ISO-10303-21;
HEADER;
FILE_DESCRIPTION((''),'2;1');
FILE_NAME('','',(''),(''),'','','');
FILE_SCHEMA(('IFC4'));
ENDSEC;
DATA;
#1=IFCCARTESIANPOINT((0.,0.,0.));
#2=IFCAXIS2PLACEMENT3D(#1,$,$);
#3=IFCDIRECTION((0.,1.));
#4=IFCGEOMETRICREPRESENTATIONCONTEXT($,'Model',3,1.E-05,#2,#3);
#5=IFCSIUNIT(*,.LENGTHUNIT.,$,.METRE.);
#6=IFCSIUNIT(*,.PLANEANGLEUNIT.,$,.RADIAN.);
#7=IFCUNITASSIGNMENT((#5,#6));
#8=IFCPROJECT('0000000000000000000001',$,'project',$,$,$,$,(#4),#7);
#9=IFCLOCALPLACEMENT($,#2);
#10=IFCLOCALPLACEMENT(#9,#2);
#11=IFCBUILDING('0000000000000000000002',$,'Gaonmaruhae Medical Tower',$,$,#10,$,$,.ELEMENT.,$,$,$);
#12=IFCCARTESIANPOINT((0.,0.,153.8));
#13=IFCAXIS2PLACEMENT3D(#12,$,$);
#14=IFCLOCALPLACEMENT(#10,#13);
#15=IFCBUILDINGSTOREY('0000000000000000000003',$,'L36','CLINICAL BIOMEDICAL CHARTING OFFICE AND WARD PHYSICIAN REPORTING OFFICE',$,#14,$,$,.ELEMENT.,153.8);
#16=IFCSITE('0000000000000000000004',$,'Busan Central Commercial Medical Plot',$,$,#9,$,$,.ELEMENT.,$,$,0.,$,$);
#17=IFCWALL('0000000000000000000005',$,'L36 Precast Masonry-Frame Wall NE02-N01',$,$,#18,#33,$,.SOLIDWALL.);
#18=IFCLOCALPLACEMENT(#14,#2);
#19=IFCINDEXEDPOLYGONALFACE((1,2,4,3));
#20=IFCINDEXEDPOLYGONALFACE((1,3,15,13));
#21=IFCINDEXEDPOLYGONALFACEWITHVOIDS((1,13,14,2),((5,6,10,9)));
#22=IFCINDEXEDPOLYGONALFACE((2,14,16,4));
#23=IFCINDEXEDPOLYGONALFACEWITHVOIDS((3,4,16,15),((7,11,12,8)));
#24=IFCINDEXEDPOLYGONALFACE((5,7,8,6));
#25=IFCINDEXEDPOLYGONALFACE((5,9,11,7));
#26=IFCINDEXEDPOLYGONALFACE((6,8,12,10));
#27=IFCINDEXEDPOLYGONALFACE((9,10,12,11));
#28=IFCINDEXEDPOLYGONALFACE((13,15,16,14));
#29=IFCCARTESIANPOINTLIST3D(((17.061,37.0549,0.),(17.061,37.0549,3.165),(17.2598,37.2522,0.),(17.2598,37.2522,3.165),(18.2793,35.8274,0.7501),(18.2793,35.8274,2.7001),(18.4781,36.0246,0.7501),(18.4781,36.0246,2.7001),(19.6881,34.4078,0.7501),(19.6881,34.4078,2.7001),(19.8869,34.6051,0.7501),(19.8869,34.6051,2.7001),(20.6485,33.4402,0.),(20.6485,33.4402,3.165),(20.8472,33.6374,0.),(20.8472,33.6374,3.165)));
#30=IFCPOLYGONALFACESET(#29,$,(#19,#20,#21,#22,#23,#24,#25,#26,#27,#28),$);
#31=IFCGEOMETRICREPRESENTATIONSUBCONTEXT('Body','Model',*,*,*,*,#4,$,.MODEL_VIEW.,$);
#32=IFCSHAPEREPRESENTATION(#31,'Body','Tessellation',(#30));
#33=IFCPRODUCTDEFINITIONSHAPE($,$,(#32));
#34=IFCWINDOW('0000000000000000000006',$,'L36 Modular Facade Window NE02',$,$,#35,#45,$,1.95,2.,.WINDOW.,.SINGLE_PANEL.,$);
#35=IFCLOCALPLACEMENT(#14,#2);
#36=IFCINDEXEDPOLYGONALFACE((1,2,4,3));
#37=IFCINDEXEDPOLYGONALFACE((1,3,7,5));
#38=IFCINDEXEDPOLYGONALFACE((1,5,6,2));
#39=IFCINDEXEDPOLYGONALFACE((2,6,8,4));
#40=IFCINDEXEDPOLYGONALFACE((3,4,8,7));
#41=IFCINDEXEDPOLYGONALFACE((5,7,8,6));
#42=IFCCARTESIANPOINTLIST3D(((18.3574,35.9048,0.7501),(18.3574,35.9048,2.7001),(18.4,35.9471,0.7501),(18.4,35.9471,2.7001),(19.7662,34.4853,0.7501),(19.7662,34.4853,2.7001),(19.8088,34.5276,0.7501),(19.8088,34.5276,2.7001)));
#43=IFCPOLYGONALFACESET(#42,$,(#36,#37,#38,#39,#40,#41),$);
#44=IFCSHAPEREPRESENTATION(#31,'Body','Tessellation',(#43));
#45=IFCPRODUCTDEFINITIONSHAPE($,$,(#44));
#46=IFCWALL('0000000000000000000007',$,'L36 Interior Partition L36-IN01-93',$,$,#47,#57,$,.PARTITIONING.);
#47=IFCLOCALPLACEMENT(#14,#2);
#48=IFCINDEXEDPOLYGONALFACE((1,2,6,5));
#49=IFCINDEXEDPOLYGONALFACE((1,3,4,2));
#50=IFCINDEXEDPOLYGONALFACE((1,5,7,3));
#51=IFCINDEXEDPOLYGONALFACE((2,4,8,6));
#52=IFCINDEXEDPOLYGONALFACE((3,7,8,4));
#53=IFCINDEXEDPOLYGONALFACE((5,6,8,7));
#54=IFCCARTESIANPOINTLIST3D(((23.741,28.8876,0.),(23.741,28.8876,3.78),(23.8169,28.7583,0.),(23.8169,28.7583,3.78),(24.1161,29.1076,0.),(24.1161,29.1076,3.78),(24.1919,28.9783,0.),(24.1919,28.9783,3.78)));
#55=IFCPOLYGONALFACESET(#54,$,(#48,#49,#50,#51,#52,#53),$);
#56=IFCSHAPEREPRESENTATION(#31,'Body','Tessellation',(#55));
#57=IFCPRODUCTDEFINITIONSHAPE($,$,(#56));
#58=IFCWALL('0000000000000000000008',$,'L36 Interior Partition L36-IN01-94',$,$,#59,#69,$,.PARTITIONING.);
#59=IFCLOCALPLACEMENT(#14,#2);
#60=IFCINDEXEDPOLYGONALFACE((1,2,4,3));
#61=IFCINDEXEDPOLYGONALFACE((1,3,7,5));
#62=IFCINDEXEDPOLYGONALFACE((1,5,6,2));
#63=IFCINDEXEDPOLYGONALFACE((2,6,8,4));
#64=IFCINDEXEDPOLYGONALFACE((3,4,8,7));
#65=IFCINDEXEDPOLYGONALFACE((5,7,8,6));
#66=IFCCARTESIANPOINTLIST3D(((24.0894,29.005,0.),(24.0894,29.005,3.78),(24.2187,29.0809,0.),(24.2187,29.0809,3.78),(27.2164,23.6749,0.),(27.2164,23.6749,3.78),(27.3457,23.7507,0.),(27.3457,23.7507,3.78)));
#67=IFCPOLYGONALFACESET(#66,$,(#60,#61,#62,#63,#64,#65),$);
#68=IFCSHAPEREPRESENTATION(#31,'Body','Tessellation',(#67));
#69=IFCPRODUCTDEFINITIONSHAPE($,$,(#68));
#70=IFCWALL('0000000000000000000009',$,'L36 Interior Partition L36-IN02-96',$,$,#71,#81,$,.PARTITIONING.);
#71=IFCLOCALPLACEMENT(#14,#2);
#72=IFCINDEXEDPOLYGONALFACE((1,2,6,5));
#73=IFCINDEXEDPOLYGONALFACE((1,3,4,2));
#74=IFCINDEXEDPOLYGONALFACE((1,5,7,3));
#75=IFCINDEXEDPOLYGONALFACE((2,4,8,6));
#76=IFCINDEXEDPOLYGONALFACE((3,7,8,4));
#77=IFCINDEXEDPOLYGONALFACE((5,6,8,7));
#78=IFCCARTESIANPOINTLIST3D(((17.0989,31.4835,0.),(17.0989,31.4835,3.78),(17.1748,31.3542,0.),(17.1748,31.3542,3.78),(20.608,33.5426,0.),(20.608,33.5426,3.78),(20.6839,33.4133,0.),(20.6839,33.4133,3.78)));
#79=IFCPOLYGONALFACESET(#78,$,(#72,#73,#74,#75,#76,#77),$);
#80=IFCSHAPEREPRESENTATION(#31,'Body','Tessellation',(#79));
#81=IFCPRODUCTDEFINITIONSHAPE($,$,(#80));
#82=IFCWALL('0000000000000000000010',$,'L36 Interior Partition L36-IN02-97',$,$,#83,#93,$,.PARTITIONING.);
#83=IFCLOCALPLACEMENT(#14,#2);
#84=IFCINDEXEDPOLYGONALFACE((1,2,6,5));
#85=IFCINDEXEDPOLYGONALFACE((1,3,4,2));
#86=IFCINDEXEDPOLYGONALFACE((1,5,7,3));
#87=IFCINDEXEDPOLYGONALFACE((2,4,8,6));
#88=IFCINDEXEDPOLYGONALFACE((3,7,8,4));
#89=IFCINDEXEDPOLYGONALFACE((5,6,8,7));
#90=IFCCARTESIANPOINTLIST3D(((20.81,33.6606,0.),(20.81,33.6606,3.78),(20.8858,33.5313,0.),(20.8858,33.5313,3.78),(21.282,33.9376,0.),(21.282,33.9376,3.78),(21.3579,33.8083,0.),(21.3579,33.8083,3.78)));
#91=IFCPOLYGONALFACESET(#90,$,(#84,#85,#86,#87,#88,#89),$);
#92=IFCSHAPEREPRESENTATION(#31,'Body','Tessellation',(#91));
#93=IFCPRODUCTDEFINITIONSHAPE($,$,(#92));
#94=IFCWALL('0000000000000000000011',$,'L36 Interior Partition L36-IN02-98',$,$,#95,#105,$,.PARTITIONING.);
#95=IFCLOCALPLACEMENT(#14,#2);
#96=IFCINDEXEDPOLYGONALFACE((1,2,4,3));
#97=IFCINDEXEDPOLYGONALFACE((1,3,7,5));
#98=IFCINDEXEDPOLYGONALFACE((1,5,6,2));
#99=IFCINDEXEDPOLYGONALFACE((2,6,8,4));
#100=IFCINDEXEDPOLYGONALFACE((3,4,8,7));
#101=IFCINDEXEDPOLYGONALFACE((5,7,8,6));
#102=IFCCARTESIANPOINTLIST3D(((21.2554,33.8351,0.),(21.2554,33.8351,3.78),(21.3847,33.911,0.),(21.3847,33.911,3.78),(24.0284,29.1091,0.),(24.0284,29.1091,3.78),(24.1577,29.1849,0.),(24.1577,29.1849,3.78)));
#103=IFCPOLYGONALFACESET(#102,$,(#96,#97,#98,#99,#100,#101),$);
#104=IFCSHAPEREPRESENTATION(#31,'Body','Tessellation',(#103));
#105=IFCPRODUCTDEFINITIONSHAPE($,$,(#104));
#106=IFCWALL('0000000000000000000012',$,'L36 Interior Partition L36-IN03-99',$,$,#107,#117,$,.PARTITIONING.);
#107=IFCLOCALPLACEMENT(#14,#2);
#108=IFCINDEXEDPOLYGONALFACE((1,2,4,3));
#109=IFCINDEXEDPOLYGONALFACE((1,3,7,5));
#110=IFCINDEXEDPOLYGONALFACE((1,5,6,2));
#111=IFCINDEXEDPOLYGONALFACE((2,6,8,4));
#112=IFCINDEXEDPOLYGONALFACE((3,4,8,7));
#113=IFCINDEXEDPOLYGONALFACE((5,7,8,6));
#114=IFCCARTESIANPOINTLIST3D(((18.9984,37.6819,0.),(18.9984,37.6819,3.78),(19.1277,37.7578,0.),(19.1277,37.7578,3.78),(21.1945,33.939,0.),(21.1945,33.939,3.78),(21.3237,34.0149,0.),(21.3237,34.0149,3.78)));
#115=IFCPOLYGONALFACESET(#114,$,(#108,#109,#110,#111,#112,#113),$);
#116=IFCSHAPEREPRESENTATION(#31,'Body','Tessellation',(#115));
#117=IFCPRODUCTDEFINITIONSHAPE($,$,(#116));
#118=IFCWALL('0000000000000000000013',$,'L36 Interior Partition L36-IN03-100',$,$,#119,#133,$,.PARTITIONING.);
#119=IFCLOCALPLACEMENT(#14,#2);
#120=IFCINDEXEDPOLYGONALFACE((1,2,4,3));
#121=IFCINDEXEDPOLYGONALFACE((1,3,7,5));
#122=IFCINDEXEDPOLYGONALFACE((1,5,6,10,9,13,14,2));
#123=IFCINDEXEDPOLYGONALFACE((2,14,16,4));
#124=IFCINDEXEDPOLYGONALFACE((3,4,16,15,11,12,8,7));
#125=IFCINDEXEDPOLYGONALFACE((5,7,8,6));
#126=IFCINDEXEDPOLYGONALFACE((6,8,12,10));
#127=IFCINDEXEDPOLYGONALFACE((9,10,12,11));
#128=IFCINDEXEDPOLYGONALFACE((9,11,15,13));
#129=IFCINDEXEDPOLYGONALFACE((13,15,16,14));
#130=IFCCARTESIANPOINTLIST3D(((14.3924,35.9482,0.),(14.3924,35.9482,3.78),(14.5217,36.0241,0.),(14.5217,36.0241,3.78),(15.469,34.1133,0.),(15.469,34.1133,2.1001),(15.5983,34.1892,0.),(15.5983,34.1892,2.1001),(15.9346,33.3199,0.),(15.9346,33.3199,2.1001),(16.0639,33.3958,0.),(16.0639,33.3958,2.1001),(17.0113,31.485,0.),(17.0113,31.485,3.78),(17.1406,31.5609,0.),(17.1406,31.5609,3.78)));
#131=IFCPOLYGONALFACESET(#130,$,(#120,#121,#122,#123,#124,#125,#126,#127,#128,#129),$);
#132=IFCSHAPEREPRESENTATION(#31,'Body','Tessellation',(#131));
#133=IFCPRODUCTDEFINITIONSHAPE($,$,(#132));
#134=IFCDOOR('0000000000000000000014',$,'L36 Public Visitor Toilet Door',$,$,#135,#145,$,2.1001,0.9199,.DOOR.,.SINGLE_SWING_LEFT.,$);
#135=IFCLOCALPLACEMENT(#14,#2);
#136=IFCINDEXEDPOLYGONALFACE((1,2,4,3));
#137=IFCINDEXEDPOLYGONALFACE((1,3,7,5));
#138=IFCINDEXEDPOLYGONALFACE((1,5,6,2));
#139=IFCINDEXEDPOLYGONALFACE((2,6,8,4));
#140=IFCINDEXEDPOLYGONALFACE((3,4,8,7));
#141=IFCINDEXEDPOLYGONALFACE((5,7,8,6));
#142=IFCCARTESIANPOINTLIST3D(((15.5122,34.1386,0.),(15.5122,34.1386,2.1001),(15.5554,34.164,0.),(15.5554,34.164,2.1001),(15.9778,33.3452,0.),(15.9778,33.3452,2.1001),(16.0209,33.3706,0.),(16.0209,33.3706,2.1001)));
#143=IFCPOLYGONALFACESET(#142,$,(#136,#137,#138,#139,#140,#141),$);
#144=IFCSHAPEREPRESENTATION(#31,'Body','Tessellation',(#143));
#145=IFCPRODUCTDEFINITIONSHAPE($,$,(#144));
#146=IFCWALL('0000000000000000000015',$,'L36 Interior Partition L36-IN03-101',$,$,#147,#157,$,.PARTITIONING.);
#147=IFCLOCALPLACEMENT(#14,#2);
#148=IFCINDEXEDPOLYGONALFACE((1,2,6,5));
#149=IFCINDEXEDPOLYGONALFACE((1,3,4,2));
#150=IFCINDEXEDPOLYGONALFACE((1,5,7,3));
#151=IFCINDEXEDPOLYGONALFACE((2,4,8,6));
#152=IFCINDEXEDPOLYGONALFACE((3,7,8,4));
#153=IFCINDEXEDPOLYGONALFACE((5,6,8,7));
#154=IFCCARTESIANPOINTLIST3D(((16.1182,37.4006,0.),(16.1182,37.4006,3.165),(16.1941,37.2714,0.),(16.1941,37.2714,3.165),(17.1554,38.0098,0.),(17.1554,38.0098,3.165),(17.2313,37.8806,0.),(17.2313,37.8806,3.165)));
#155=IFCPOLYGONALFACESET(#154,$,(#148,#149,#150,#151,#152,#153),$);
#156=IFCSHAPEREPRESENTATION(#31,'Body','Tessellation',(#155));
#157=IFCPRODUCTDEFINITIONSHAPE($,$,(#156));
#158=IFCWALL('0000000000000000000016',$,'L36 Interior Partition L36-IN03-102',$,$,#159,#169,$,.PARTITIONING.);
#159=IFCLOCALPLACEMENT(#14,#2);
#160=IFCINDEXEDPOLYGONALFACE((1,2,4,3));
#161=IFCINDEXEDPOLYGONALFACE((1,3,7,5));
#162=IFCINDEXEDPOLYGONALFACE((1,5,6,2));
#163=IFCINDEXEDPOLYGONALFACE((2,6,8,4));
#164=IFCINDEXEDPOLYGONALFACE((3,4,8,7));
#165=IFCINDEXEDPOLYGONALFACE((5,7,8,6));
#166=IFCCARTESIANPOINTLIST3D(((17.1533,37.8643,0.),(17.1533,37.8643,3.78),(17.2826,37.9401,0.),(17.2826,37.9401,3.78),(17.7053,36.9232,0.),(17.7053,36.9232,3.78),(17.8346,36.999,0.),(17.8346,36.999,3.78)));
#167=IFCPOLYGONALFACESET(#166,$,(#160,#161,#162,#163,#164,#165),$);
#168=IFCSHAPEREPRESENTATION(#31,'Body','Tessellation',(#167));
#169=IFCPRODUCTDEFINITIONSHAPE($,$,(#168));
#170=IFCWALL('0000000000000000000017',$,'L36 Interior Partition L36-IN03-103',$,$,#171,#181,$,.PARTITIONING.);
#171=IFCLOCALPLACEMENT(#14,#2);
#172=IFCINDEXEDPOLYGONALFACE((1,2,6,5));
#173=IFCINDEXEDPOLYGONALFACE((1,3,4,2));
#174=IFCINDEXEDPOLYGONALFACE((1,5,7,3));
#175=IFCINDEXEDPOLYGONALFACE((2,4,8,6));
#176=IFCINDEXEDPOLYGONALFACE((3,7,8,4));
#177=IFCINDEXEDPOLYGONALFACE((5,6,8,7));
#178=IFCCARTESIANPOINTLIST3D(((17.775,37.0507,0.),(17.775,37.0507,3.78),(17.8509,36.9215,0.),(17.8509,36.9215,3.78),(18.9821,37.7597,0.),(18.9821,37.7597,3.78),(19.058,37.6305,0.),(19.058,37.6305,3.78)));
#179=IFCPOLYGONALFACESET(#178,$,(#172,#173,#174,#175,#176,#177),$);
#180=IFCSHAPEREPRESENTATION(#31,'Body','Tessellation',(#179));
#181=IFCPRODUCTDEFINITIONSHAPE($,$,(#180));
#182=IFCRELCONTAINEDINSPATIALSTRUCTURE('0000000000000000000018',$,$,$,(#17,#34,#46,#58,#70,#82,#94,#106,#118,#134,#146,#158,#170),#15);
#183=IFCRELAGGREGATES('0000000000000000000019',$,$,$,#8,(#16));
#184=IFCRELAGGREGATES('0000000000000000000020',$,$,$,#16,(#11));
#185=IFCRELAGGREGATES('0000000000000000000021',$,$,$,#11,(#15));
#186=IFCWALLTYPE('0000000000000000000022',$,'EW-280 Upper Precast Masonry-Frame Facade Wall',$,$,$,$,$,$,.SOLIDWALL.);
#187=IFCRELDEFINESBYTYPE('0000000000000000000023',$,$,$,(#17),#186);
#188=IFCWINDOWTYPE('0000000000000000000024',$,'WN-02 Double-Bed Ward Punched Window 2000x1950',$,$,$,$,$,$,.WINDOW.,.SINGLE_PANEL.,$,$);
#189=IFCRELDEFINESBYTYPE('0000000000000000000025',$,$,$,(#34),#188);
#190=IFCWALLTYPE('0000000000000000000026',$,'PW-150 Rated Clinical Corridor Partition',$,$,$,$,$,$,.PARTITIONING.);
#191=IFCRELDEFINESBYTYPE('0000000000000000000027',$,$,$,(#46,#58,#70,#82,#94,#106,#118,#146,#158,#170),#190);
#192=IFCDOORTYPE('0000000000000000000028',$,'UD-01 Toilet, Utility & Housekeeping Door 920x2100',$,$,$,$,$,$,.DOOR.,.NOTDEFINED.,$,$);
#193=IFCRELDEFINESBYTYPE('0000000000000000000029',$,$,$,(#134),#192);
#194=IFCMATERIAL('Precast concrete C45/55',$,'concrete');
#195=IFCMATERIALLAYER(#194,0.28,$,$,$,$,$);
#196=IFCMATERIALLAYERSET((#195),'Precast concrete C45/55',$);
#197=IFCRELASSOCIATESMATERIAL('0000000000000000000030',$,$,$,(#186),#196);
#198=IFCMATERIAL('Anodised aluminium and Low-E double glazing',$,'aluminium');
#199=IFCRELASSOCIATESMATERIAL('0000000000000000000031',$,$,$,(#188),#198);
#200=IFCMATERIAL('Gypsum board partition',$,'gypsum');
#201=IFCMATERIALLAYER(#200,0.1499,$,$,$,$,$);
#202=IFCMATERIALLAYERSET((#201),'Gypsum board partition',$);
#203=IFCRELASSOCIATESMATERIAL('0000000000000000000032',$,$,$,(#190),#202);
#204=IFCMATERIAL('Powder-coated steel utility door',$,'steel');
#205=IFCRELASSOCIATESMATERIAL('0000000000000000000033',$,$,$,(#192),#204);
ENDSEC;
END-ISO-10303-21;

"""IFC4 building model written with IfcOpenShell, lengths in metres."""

from ifc_helpers import new_model, si_unit, direction, frame, frame_2d, origin, place, context, subcontext, project, spatial, rectangle, extrude, material, layer, layer_set, type_object, element, fill, save


model = new_model("IFC4")

# Units and contexts
model_context = context("Model", 3, precision=1e-05, world=origin(), true_north=direction((0.0, 1.0)))
body_context = subcontext(model_context, "Body", "Model", "MODEL_VIEW")
ifc_project = project(units=[si_unit("LENGTHUNIT", "METRE"), si_unit("PLANEANGLEUNIT", "RADIAN")], contexts=[model_context])

# Site, building, storey
site_placement = place(None, origin())
site = spatial("IfcSite", under=ifc_project, at=site_placement, Name="Busan Central Commercial Medical Plot", CompositionType="ELEMENT", RefElevation=0.0)
building_placement = place(site_placement, origin())
building = spatial("IfcBuilding", under=site, at=building_placement, Name="Gaonmaruhae Medical Tower", CompositionType="ELEMENT")
storey_placement = place(building_placement, frame((0.0, 0.0, 153.8)))
storey = spatial("IfcBuildingStorey", under=building, at=storey_placement, Name="L36", Description="CLINICAL BIOMEDICAL CHARTING OFFICE AND WARD PHYSICIAN REPORTING OFFICE", CompositionType="ELEMENT", Elevation=153.8)

# Wall, opening, window
ifc_material_1 = material(Name="Precast concrete C45/55", Category="concrete")
ifc_layer_1 = layer(ifc_material_1, 0.28)
ifc_layer_set_1 = layer_set([ifc_layer_1], Name="Precast concrete C45/55")
wall_type_1 = type_object("IfcWallType", Name="EW-280 Upper Precast Masonry-Frame Facade Wall", PredefinedType="SOLIDWALL", material=ifc_layer_set_1)
ifc_material_2 = material(Name="Anodised aluminium and Low-E double glazing", Category="aluminium")
wall_1_placement = place(storey_placement, frame((17.1604, 37.1536, 0.0), z_axis=(0.0, 0.0, 1.0), x_axis=(0.704417, -0.709786, 0.0)))
wall_1 = element("IfcWall", 1, at=wall_1_placement, inside=storey, type_object=wall_type_1, Name="L36 Precast Masonry-Frame Wall NE02-N01", PredefinedType="SOLIDWALL", context=body_context, shape_type="SweptSolid", body=[
    extrude(rectangle(XDim=5.0928, YDim=0.28, at=frame_2d((2.5464, 0.0))), origin(), (0.0, 0.0, 1.0), 3.165),
])
opening_1_placement = place(wall_1_placement, frame((1.7295, 0.0, 0.75)))
opening_1 = element("IfcOpeningElement", 2, at=opening_1_placement, cuts=wall_1, PredefinedType="OPENING", context=body_context, shape_type="SweptSolid", body=[
    extrude(rectangle(XDim=2.0, YDim=1.95, at=frame_2d((1.0, 0.9751))), frame((0.0, 0.1499, 0.0), z_axis=(0.0, -1.0, 0.0), x_axis=(1.0, 0.0, 0.0)), (0.0, 0.0, 1.0), 0.3),
])
window_type_1 = type_object("IfcWindowType", Name="WN-02 Double-Bed Ward Punched Window 2000x1950", PartitioningType="SINGLE_PANEL", PredefinedType="WINDOW", material=ifc_material_2)
window_1_placement = place(opening_1_placement, origin())
window_1 = element("IfcWindow", 3, at=window_1_placement, inside=storey, type_object=window_type_1, Name="L36 Modular Facade Window NE02", OverallHeight=1.95, OverallWidth=2.0, PartitioningType="SINGLE_PANEL", PredefinedType="WINDOW", context=body_context, shape_type="SweptSolid", body=[
    extrude(rectangle(XDim=2.0, YDim=1.95, at=frame_2d((1.0, 0.9751))), frame((0.0, 0.03, 0.0), z_axis=(0.0, -1.0, 0.0), x_axis=(1.0, 0.0, 0.0)), (0.0, 0.0, 1.0), 0.0601),
])
fill(opening_1, window_1)

# Walls
ifc_material_3 = material(Name="Gypsum board partition", Category="gypsum")
ifc_layer_2 = layer(ifc_material_3, 0.1499)
ifc_layer_set_2 = layer_set([ifc_layer_2], Name="Gypsum board partition")
wall_type_2 = type_object("IfcWallType", Name="PW-150 Rated Clinical Corridor Partition", PredefinedType="PARTITIONING", material=ifc_layer_set_2)
wall_2_placement = place(storey_placement, frame((23.7791, 28.823, 0.0), z_axis=(0.0, 0.0, 1.0), x_axis=(0.862554, 0.505964, 0.0)))
element("IfcWall", 4, at=wall_2_placement, inside=storey, type_object=wall_type_2, Name="L36 Interior Partition L36-IN01-93", PredefinedType="PARTITIONING", context=body_context, shape_type="SweptSolid", body=[
    extrude(rectangle(XDim=0.4348, YDim=0.1499, at=frame_2d((0.2173, 0.0))), origin(), (0.0, 0.0, 1.0), 3.78),
])
wall_3_placement = place(storey_placement, frame((24.1541, 29.043, 0.0), z_axis=(0.0, 0.0, 1.0), x_axis=(0.506011, -0.862527, 0.0)))
element("IfcWall", 5, at=wall_3_placement, inside=storey, type_object=wall_type_2, Name="L36 Interior Partition L36-IN01-94", PredefinedType="PARTITIONING", context=body_context, shape_type="SweptSolid", body=[
    extrude(rectangle(XDim=6.1797, YDim=0.1499, at=frame_2d((3.0898, 0.0))), origin(), (0.0, 0.0, 1.0), 3.78),
])
wall_4_placement = place(storey_placement, frame((17.137, 31.4189, 0.0), z_axis=(0.0, 0.0, 1.0), x_axis=(0.862477, 0.506097, 0.0)))
element("IfcWall", 6, at=wall_4_placement, inside=storey, type_object=wall_type_2, Name="L36 Interior Partition L36-IN02-96", PredefinedType="PARTITIONING", context=body_context, shape_type="SweptSolid", body=[
    extrude(rectangle(XDim=4.0686, YDim=0.1499, at=frame_2d((2.0342, 0.0))), origin(), (0.0, 0.0, 1.0), 3.78),
])
wall_5_placement = place(storey_placement, frame((20.8479, 33.5959, 0.0), z_axis=(0.0, 0.0, 1.0), x_axis=(0.86245, 0.506143, 0.0)))
element("IfcWall", 7, at=wall_5_placement, inside=storey, type_object=wall_type_2, Name="L36 Interior Partition L36-IN02-97", PredefinedType="PARTITIONING", context=body_context, shape_type="SweptSolid", body=[
    extrude(rectangle(XDim=0.5474, YDim=0.1499, at=frame_2d((0.2737, 0.0))), origin(), (0.0, 0.0, 1.0), 3.78),
])
wall_6_placement = place(storey_placement, frame((21.3201, 33.873, 0.0), z_axis=(0.0, 0.0, 1.0), x_axis=(0.506058, -0.862499, 0.0)))
element("IfcWall", 8, at=wall_6_placement, inside=storey, type_object=wall_type_2, Name="L36 Interior Partition L36-IN02-98", PredefinedType="PARTITIONING", context=body_context, shape_type="SweptSolid", body=[
    extrude(rectangle(XDim=5.4795, YDim=0.1499, at=frame_2d((2.7397, 0.0))), origin(), (0.0, 0.0, 1.0), 3.78),
])
wall_7_placement = place(storey_placement, frame((19.063, 37.72, 0.0), z_axis=(0.0, 0.0, 1.0), x_axis=(0.506049, -0.862505, 0.0)))
element("IfcWall", 9, at=wall_7_placement, inside=storey, type_object=wall_type_2, Name="L36 Interior Partition L36-IN03-99", PredefinedType="PARTITIONING", context=body_context, shape_type="SweptSolid", body=[
    extrude(rectangle(XDim=4.3396, YDim=0.1499, at=frame_2d((2.1699, 0.0))), origin(), (0.0, 0.0, 1.0), 3.78),
])

# Wall, opening, door
wall_8_placement = place(storey_placement, frame((17.0759, 31.5229, 0.0), z_axis=(0.0, 0.0, 1.0), x_axis=(-0.50609, 0.862481, 0.0)))
wall_8 = element("IfcWall", 10, at=wall_8_placement, inside=storey, type_object=wall_type_2, Name="L36 Interior Partition L36-IN03-100", PredefinedType="PARTITIONING", context=body_context, shape_type="SweptSolid", body=[
    extrude(rectangle(XDim=5.1748, YDim=0.1499, at=frame_2d((2.5874, 0.0))), origin(), (0.0, 0.0, 1.0), 3.78),
])
opening_2_placement = place(wall_8_placement, frame((2.1274, 0.0, 0.0)))
opening_2 = element("IfcOpeningElement", 11, at=opening_2_placement, cuts=wall_8, PredefinedType="OPENING", context=body_context, shape_type="SweptSolid", body=[
    extrude(rectangle(XDim=0.9199, YDim=2.1001, at=frame_2d((0.46, 1.05))), frame((0.0, 0.085, 0.0), z_axis=(0.0, -1.0, 0.0), x_axis=(1.0, 0.0, 0.0)), (0.0, 0.0, 1.0), 0.1699),
])
ifc_material_4 = material(Name="Powder-coated steel utility door", Category="steel")
door_type = type_object("IfcDoorType", Name="UD-01 Toilet, Utility & Housekeeping Door 920x2100", OperationType="NOTDEFINED", PredefinedType="DOOR", material=ifc_material_4)
door_placement = place(opening_2_placement, origin())
door = element("IfcDoor", 12, at=door_placement, inside=storey, type_object=door_type, Name="L36 Public Visitor Toilet Door", OperationType="SINGLE_SWING_LEFT", OverallHeight=2.1001, OverallWidth=0.9199, PredefinedType="DOOR", context=body_context, shape_type="SweptSolid", body=[
    extrude(rectangle(XDim=0.9199, YDim=2.1001, at=frame_2d((0.46, 1.05))), frame((0.0, 0.0249, 0.0), z_axis=(0.0, -1.0, 0.0), x_axis=(1.0, 0.0, 0.0)), (0.0, 0.0, 1.0), 0.05),
])
fill(opening_2, door)

# Walls
wall_9_placement = place(storey_placement, frame((16.156, 37.3359, 0.0), z_axis=(0.0, 0.0, 1.0), x_axis=(0.862273, 0.506443, 0.0)))
element("IfcWall", 13, at=wall_9_placement, inside=storey, type_object=wall_type_2, Name="L36 Interior Partition L36-IN03-101", PredefinedType="PARTITIONING", context=body_context, shape_type="SweptSolid", body=[
    extrude(rectangle(XDim=1.2029, YDim=0.1499, at=frame_2d((0.6016, 0.0))), origin(), (0.0, 0.0, 1.0), 3.165),
])
wall_10_placement = place(storey_placement, frame((17.218, 37.9021, 0.0), z_axis=(0.0, 0.0, 1.0), x_axis=(0.505915, -0.862583, 0.0)))
element("IfcWall", 14, at=wall_10_placement, inside=storey, type_object=wall_type_2, Name="L36 Interior Partition L36-IN03-102", PredefinedType="PARTITIONING", context=body_context, shape_type="SweptSolid", body=[
    extrude(rectangle(XDim=1.0911, YDim=0.1499, at=frame_2d((0.5454, 0.0))), origin(), (0.0, 0.0, 1.0), 3.78),
])
wall_11_placement = place(storey_placement, frame((17.813, 36.9861, 0.0), z_axis=(0.0, 0.0, 1.0), x_axis=(0.862257, 0.506471, 0.0)))
element("IfcWall", 15, at=wall_11_placement, inside=storey, type_object=wall_type_2, Name="L36 Interior Partition L36-IN03-103", PredefinedType="PARTITIONING", context=body_context, shape_type="SweptSolid", body=[
    extrude(rectangle(XDim=1.3999, YDim=0.1499, at=frame_2d((0.7, 0.0))), origin(), (0.0, 0.0, 1.0), 3.78),
])

save(model, "model.ifc")
